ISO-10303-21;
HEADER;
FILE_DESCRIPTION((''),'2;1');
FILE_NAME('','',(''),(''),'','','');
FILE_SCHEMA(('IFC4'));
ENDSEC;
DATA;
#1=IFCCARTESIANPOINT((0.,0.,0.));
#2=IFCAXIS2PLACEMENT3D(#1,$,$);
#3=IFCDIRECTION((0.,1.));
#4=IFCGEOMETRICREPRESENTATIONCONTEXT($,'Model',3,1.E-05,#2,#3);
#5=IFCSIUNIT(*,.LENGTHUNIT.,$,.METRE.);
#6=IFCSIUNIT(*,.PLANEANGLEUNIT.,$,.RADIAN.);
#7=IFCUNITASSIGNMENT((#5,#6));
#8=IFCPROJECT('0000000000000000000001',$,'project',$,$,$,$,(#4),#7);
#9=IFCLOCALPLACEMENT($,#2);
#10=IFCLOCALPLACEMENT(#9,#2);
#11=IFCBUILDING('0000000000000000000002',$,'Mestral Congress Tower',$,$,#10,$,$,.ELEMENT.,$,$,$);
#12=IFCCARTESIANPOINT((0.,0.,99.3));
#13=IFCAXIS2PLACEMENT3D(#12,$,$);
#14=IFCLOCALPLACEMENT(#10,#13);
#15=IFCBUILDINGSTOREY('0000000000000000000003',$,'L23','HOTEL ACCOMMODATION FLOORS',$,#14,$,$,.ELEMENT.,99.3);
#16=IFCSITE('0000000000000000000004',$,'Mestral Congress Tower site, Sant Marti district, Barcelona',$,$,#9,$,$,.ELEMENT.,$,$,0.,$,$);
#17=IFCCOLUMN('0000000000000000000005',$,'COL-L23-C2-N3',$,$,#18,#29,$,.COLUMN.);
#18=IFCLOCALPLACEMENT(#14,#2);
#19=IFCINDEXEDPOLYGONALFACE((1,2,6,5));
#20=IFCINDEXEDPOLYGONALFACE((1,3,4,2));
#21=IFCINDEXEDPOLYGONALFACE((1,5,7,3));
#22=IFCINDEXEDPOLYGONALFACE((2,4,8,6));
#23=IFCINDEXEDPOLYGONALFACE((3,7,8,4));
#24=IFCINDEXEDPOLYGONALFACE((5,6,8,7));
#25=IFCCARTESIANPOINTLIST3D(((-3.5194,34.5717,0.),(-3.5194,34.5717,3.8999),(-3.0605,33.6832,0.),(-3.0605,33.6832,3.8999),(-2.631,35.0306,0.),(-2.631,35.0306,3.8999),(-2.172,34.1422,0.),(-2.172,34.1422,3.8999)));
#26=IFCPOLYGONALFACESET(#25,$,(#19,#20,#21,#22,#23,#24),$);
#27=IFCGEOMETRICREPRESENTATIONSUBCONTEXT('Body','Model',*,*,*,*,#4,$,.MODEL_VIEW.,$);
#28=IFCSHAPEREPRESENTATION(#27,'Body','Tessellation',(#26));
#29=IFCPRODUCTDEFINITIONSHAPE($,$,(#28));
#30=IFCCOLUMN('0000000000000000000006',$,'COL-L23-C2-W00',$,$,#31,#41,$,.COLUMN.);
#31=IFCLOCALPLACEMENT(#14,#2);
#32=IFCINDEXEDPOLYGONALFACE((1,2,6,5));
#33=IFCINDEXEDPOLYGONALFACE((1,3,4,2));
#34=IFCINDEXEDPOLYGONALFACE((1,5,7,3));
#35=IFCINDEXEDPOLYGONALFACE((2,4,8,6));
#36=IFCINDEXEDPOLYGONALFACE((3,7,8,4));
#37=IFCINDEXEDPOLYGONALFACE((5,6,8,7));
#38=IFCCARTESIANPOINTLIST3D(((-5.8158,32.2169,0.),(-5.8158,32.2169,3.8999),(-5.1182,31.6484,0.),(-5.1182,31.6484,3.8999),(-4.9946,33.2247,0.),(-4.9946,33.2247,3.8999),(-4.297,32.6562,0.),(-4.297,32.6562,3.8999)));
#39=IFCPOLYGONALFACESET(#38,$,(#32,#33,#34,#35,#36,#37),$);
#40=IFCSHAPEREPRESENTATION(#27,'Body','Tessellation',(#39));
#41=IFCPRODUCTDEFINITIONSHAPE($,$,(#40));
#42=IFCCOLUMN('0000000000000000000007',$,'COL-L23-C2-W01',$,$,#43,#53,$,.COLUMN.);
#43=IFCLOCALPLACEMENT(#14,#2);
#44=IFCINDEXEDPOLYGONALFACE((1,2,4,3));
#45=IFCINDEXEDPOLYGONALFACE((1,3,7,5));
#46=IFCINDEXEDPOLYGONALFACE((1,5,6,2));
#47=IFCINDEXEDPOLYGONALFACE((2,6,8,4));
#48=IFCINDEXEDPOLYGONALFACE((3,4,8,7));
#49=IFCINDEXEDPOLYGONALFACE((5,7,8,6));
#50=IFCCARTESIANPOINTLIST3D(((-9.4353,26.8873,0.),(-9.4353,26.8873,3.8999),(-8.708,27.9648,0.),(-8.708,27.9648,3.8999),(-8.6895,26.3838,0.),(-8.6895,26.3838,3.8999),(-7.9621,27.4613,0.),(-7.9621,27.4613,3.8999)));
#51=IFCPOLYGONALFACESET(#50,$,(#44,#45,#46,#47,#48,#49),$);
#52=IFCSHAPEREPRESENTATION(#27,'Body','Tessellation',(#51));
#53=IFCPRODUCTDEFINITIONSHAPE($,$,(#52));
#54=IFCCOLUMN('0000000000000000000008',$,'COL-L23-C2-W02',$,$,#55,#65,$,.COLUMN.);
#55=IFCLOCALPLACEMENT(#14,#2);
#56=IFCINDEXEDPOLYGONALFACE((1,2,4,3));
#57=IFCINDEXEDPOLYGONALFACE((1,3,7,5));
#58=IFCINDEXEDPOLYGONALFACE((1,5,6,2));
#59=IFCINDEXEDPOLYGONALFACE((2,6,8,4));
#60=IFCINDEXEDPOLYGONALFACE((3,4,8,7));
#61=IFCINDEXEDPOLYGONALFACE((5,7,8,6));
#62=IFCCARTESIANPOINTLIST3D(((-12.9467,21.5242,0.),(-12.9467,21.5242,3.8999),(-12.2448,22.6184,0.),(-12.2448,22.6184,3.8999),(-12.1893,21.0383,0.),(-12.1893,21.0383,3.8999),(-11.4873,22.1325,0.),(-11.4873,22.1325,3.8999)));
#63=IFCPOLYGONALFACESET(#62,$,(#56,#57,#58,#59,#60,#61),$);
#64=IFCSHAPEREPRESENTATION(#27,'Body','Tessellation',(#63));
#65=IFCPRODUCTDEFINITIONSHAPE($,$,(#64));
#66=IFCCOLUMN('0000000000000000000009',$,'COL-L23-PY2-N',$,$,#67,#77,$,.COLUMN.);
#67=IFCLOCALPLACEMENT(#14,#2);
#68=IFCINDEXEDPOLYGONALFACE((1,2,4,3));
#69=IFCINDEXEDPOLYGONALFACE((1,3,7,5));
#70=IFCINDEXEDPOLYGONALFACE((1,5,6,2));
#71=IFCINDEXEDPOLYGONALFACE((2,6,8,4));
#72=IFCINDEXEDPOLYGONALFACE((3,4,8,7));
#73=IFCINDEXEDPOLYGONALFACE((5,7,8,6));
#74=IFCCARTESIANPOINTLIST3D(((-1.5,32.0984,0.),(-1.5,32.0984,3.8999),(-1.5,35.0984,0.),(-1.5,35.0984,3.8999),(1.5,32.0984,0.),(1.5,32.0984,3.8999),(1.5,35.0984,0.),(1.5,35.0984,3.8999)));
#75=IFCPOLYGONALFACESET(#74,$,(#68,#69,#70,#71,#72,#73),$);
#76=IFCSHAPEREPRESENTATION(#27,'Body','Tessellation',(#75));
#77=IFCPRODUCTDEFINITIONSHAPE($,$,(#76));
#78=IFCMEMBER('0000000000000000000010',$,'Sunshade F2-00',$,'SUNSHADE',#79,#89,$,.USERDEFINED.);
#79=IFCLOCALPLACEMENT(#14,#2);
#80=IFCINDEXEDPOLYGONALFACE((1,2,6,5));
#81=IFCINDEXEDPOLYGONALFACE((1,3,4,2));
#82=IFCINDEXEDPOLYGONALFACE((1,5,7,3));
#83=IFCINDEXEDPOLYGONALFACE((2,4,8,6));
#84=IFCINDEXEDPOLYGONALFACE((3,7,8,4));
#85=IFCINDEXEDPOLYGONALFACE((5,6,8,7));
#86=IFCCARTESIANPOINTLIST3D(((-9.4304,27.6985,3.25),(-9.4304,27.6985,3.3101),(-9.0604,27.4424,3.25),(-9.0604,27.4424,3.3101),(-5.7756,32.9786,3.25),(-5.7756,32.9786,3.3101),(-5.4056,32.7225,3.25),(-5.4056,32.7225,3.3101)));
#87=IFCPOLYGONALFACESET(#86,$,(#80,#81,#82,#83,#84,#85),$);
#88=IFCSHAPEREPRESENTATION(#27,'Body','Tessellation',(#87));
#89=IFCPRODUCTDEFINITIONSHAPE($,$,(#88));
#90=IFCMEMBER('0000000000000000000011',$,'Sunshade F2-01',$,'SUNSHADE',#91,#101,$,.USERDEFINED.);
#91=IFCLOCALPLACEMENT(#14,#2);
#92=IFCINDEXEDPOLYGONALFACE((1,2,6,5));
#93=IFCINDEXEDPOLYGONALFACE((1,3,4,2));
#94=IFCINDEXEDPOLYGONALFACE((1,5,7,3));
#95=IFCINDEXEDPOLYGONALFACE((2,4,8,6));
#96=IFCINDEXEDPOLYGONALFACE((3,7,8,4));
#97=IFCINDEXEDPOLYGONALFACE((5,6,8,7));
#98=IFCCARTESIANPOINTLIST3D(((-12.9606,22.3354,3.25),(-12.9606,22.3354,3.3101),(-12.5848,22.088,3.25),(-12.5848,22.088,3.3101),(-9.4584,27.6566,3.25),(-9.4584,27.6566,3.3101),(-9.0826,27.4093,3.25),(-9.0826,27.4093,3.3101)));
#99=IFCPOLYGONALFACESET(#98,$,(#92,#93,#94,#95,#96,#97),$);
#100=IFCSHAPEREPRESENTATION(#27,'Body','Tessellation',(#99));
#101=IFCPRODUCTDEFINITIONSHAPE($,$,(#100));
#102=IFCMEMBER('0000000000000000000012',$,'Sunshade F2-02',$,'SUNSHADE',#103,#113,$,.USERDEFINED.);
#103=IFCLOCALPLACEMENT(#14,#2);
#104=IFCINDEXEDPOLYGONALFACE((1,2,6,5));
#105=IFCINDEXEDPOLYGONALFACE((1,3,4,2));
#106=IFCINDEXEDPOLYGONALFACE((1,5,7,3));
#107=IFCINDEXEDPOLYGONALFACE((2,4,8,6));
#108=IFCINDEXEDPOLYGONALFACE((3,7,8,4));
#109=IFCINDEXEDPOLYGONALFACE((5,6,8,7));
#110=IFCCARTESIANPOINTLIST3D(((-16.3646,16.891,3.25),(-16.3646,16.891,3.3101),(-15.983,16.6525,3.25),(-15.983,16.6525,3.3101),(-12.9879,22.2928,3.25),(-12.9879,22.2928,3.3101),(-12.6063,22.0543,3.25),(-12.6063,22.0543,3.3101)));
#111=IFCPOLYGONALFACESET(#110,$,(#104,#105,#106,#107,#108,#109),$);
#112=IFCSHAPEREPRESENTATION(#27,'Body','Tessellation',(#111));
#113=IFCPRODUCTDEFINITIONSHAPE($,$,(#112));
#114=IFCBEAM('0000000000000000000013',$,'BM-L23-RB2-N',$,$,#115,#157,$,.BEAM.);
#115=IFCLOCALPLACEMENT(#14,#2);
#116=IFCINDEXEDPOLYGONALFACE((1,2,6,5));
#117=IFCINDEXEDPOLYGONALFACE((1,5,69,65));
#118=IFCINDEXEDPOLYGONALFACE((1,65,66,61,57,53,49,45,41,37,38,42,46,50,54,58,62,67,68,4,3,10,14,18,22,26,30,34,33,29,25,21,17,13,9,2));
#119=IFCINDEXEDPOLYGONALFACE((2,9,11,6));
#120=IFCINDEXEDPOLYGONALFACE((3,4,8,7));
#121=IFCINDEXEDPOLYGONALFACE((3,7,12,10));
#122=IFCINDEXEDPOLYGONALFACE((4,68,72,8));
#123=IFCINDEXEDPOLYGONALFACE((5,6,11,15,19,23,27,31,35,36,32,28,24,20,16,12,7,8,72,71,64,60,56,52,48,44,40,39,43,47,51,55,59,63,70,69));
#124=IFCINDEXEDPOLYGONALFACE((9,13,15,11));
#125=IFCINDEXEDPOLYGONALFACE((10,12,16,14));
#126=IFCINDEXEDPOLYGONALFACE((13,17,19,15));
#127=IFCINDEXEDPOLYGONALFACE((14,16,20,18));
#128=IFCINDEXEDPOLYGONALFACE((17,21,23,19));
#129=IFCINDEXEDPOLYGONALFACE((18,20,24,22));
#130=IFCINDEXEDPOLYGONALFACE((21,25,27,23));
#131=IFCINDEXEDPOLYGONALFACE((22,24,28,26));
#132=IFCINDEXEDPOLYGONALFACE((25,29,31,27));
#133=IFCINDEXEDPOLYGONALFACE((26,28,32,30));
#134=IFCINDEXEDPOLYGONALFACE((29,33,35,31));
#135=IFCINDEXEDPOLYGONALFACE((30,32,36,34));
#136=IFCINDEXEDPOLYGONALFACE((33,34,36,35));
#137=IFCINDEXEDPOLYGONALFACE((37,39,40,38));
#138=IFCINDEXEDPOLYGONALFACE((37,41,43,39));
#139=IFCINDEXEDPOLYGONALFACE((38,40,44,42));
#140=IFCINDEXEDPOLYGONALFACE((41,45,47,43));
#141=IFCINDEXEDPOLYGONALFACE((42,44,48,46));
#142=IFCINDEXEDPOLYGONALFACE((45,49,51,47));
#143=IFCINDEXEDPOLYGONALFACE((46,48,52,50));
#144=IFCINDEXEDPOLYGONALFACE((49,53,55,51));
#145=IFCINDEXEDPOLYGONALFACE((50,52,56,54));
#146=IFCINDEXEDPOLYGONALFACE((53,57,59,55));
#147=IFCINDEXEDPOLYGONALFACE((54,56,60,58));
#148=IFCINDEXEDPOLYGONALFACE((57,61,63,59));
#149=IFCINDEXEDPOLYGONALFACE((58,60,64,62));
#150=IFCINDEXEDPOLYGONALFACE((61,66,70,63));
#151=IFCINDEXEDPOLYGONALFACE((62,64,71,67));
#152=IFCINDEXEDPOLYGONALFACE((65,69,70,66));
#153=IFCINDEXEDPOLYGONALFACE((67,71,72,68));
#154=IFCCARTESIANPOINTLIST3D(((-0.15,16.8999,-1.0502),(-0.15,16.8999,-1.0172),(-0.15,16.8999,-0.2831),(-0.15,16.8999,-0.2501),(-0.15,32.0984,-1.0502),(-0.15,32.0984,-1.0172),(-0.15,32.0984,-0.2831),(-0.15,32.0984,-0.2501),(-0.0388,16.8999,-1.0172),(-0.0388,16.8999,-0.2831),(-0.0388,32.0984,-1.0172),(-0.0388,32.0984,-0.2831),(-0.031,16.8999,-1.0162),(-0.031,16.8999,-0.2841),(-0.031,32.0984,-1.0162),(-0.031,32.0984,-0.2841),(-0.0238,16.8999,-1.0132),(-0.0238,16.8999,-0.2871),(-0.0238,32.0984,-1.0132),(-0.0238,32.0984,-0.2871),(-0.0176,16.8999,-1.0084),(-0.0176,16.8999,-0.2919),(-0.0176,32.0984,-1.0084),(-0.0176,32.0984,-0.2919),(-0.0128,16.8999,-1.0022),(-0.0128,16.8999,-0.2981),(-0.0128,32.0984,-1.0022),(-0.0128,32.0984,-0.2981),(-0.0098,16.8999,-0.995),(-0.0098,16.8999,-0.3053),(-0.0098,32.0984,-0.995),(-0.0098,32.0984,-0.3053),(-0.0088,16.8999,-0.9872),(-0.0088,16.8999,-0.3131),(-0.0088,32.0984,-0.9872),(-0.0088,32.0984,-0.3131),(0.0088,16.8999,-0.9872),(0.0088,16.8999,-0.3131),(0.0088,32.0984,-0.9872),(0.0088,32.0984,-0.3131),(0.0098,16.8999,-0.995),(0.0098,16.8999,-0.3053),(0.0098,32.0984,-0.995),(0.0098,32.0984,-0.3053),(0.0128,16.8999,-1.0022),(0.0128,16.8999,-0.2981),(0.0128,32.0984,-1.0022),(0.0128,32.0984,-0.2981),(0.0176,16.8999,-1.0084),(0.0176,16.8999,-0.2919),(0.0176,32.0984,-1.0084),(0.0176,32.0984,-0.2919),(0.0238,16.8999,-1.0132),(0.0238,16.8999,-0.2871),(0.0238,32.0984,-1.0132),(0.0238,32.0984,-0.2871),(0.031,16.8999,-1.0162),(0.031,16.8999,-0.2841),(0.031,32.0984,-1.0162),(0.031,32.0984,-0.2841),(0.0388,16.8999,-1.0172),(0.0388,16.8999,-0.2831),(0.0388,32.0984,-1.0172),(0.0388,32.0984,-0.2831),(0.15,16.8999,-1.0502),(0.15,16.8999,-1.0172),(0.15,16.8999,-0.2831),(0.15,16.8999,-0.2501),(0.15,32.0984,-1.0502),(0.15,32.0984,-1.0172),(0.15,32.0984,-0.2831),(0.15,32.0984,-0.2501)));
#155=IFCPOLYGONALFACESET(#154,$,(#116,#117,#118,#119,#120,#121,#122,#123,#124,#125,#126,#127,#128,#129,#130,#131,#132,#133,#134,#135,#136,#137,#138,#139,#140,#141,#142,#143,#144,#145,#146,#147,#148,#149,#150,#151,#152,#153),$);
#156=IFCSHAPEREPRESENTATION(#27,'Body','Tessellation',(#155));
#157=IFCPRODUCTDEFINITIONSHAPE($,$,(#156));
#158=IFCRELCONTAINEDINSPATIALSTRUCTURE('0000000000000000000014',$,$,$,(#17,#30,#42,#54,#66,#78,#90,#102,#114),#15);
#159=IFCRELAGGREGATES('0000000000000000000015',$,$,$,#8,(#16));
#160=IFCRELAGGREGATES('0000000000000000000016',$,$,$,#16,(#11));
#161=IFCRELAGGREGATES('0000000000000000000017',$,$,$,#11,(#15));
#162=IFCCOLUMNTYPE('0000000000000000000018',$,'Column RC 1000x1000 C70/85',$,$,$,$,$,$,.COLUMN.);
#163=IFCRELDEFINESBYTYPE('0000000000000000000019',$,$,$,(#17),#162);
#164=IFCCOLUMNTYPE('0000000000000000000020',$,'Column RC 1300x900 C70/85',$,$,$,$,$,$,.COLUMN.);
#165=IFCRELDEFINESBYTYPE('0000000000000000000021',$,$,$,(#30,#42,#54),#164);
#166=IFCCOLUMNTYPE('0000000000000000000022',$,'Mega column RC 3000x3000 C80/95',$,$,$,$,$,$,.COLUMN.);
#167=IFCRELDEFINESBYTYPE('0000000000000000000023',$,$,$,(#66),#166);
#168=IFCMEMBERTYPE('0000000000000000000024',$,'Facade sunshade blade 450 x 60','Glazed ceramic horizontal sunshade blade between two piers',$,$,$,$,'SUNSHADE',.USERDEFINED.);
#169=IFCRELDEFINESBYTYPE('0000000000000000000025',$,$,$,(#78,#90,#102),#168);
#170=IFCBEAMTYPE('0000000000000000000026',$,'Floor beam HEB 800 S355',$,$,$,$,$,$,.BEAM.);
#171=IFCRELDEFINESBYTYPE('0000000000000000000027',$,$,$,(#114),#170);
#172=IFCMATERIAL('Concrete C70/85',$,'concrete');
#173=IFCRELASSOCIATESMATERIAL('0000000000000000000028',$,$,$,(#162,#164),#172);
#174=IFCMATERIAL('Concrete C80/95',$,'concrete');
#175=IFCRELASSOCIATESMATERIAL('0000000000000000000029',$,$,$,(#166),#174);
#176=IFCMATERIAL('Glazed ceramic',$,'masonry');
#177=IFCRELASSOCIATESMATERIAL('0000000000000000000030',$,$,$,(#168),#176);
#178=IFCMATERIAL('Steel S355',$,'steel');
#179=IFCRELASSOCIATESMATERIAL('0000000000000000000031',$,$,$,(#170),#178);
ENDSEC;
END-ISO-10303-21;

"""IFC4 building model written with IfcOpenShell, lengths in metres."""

from ifc_helpers import new_model, si_unit, direction, frame, origin, origin_2d, place, context, subcontext, project, spatial, rectangle, i_section, extrude, material, material_profile, profile_set, type_object, element, save


model = new_model("IFC4")

# Units and contexts
model_context = context("Model", 3, precision=1e-05, world=origin(), true_north=direction((0.0, 1.0)))
body_context = subcontext(model_context, "Body", "Model", "MODEL_VIEW")
ifc_project = project(units=[si_unit("LENGTHUNIT", "METRE"), si_unit("PLANEANGLEUNIT", "RADIAN")], contexts=[model_context])

# Site, building, storey
site_placement = place(None, origin())
site = spatial("IfcSite", under=ifc_project, at=site_placement, Name="Mestral Congress Tower site, Sant Marti district, Barcelona", CompositionType="ELEMENT", RefElevation=0.0)
building_placement = place(site_placement, origin())
building = spatial("IfcBuilding", under=site, at=building_placement, Name="Mestral Congress Tower", CompositionType="ELEMENT")
storey_placement = place(building_placement, frame((0.0, 0.0, 99.3)))
storey = spatial("IfcBuildingStorey", under=building, at=storey_placement, Name="L23", Description="HOTEL ACCOMMODATION FLOORS", CompositionType="ELEMENT", Elevation=99.3)

# Columns
ifc_material_1 = material(Name="Concrete C70/85", Category="concrete")
ifc_material_profile_1 = material_profile(ifc_material_1, rectangle(XDim=1.0, YDim=1.0, at=origin_2d()), Name="RC 1000x1000")
ifc_profile_set_1 = profile_set([ifc_material_profile_1], Name="Concrete C70/85")
column_type_1 = type_object("IfcColumnType", Name="Column RC 1000x1000 C70/85", PredefinedType="COLUMN", material=ifc_profile_set_1)
column_1_placement = place(storey_placement, frame((-2.8457, 34.3569, 0.0), z_axis=(0.0, 0.0, 1.0), x_axis=(-0.888456, -0.458961, 0.0)))
element("IfcColumn", 1, at=column_1_placement, inside=storey, type_object=column_type_1, Name="COL-L23-C2-N3", PredefinedType="COLUMN", context=body_context, shape_type="SweptSolid", body=[
    extrude(rectangle(XDim=1.0, YDim=1.0, at=origin_2d()), origin(), (0.0, 0.0, 1.0), 3.8999),
])
ifc_material_profile_2 = material_profile(ifc_material_1, rectangle(XDim=1.3, YDim=0.8999, at=origin_2d()), Name="RC 1300x900")
ifc_profile_set_2 = profile_set([ifc_material_profile_2], Name="Concrete C70/85")
column_type_2 = type_object("IfcColumnType", Name="Column RC 1300x900 C70/85", PredefinedType="COLUMN", material=ifc_profile_set_2)
for number, where, z_axis, x_axis, name in (
    (2, (-5.0564, 32.4365, 0.0), (0.0, 0.0, 1.0), (-0.631709, -0.775206, 0.0), "COL-L23-C2-W00"),
    (3, (-8.6987, 27.1743, 0.0), (0.0, 0.0, 1.0), (-0.559479, -0.828844, 0.0), "COL-L23-C2-W01"),
    (4, (-12.217, 21.8284, 0.0), (0.0, 0.0, 1.0), (-0.539945, -0.8417, 0.0), "COL-L23-C2-W02"),
):
    element("IfcColumn", number, at=place(storey_placement, frame(where, z_axis=z_axis, x_axis=x_axis)), inside=storey, type_object=column_type_2, Name=name, PredefinedType="COLUMN", context=body_context, shape_type="SweptSolid", body=[
        extrude(rectangle(XDim=1.3, YDim=0.8999, at=origin_2d()), origin(), (0.0, 0.0, 1.0), 3.8999),
    ])
ifc_material_2 = material(Name="Concrete C80/95", Category="concrete")
ifc_material_profile_3 = material_profile(ifc_material_2, rectangle(XDim=3.0, YDim=3.0, at=origin_2d()), Name="RC 3000x3000")
ifc_profile_set_3 = profile_set([ifc_material_profile_3], Name="Concrete C80/95")
column_type_3 = type_object("IfcColumnType", Name="Mega column RC 3000x3000 C80/95", PredefinedType="COLUMN", material=ifc_profile_set_3)
column_2_placement = place(storey_placement, frame((0.0, 33.5984, 0.0), z_axis=(0.0, 0.0, 1.0), x_axis=(0.0, 1.0, 0.0)))
element("IfcColumn", 5, at=column_2_placement, inside=storey, type_object=column_type_3, Name="COL-L23-PY2-N", PredefinedType="COLUMN", context=body_context, shape_type="SweptSolid", body=[
    extrude(rectangle(XDim=3.0, YDim=3.0, at=origin_2d()), origin(), (0.0, 0.0, 1.0), 3.8999),
])

# Members
ifc_material_3 = material(Name="Glazed ceramic", Category="masonry")
ifc_material_profile_4 = material_profile(ifc_material_3, rectangle(XDim=0.45, YDim=0.0601, at=origin_2d()), Name="Ceramic blade 450 x 60")
ifc_profile_set_4 = profile_set([ifc_material_profile_4], Name="Glazed ceramic")
member_type = type_object("IfcMemberType", Name="Facade sunshade blade 450 x 60", Description="Glazed ceramic horizontal sunshade blade between two piers", ElementType="SUNSHADE", PredefinedType="USERDEFINED", material=ifc_profile_set_4)
member_placement = place(storey_placement, frame((-5.5906, 32.8506, 3.28), z_axis=(-0.569145, -0.822237, 0.0), x_axis=(0.822237, -0.569145, 0.0)))
element("IfcMember", 6, at=member_placement, inside=storey, type_object=member_type, Name="Sunshade F2-00", ObjectType="SUNSHADE", PredefinedType="USERDEFINED", context=body_context, shape_type="SweptSolid", body=[
    extrude(rectangle(XDim=0.45, YDim=0.0601, at=origin_2d()), origin(), (0.0, 0.0, 1.0), 6.4216),
])
for number, where, z_axis, x_axis, name in (
    (7, (-9.2705, 27.533, 3.28), (-0.549764, -0.83532, 0.0), (0.83532, -0.549764, 0.0), "Sunshade F2-01"),
    (8, (-12.7971, 22.1736, 3.28), (-0.530061, -0.84796, 0.0), (0.84796, -0.530061, 0.0), "Sunshade F2-02"),
):
    element("IfcMember", number, at=place(storey_placement, frame(where, z_axis=z_axis, x_axis=x_axis)), inside=storey, type_object=member_type, Name=name, ObjectType="SUNSHADE", PredefinedType="USERDEFINED", context=body_context, shape_type="SweptSolid", body=[
        extrude(rectangle(XDim=0.45, YDim=0.0601, at=origin_2d()), origin(), (0.0, 0.0, 1.0), 6.3704),
    ])

# Beam
ifc_material_4 = material(Name="Steel S355", Category="steel")
ifc_material_profile_5 = material_profile(ifc_material_4, i_section(OverallWidth=0.3, OverallDepth=0.8, WebThickness=0.0176, FlangeThickness=0.033, FilletRadius=0.03, at=origin_2d()), Name="HEB 800")
ifc_profile_set_5 = profile_set([ifc_material_profile_5], Name="Steel S355")
beam_type_1 = type_object("IfcBeamType", Name="Floor beam HEB 800 S355", PredefinedType="BEAM", material=ifc_profile_set_5)
beam_1_placement = place(storey_placement, frame((0.0, 32.0984, -0.6501), z_axis=(0.0, -1.0, 0.0), x_axis=(1.0, 0.0, 0.0)))
element("IfcBeam", 9, at=beam_1_placement, inside=storey, type_object=beam_type_1, Name="BM-L23-RB2-N", PredefinedType="BEAM", context=body_context, shape_type="SweptSolid", body=[
    extrude(i_section(OverallWidth=0.3, OverallDepth=0.8, WebThickness=0.0176, FlangeThickness=0.033, FilletRadius=0.03, at=origin_2d()), origin(), (0.0, 0.0, 1.0), 15.1985),
])

save(model, "model.ifc")
